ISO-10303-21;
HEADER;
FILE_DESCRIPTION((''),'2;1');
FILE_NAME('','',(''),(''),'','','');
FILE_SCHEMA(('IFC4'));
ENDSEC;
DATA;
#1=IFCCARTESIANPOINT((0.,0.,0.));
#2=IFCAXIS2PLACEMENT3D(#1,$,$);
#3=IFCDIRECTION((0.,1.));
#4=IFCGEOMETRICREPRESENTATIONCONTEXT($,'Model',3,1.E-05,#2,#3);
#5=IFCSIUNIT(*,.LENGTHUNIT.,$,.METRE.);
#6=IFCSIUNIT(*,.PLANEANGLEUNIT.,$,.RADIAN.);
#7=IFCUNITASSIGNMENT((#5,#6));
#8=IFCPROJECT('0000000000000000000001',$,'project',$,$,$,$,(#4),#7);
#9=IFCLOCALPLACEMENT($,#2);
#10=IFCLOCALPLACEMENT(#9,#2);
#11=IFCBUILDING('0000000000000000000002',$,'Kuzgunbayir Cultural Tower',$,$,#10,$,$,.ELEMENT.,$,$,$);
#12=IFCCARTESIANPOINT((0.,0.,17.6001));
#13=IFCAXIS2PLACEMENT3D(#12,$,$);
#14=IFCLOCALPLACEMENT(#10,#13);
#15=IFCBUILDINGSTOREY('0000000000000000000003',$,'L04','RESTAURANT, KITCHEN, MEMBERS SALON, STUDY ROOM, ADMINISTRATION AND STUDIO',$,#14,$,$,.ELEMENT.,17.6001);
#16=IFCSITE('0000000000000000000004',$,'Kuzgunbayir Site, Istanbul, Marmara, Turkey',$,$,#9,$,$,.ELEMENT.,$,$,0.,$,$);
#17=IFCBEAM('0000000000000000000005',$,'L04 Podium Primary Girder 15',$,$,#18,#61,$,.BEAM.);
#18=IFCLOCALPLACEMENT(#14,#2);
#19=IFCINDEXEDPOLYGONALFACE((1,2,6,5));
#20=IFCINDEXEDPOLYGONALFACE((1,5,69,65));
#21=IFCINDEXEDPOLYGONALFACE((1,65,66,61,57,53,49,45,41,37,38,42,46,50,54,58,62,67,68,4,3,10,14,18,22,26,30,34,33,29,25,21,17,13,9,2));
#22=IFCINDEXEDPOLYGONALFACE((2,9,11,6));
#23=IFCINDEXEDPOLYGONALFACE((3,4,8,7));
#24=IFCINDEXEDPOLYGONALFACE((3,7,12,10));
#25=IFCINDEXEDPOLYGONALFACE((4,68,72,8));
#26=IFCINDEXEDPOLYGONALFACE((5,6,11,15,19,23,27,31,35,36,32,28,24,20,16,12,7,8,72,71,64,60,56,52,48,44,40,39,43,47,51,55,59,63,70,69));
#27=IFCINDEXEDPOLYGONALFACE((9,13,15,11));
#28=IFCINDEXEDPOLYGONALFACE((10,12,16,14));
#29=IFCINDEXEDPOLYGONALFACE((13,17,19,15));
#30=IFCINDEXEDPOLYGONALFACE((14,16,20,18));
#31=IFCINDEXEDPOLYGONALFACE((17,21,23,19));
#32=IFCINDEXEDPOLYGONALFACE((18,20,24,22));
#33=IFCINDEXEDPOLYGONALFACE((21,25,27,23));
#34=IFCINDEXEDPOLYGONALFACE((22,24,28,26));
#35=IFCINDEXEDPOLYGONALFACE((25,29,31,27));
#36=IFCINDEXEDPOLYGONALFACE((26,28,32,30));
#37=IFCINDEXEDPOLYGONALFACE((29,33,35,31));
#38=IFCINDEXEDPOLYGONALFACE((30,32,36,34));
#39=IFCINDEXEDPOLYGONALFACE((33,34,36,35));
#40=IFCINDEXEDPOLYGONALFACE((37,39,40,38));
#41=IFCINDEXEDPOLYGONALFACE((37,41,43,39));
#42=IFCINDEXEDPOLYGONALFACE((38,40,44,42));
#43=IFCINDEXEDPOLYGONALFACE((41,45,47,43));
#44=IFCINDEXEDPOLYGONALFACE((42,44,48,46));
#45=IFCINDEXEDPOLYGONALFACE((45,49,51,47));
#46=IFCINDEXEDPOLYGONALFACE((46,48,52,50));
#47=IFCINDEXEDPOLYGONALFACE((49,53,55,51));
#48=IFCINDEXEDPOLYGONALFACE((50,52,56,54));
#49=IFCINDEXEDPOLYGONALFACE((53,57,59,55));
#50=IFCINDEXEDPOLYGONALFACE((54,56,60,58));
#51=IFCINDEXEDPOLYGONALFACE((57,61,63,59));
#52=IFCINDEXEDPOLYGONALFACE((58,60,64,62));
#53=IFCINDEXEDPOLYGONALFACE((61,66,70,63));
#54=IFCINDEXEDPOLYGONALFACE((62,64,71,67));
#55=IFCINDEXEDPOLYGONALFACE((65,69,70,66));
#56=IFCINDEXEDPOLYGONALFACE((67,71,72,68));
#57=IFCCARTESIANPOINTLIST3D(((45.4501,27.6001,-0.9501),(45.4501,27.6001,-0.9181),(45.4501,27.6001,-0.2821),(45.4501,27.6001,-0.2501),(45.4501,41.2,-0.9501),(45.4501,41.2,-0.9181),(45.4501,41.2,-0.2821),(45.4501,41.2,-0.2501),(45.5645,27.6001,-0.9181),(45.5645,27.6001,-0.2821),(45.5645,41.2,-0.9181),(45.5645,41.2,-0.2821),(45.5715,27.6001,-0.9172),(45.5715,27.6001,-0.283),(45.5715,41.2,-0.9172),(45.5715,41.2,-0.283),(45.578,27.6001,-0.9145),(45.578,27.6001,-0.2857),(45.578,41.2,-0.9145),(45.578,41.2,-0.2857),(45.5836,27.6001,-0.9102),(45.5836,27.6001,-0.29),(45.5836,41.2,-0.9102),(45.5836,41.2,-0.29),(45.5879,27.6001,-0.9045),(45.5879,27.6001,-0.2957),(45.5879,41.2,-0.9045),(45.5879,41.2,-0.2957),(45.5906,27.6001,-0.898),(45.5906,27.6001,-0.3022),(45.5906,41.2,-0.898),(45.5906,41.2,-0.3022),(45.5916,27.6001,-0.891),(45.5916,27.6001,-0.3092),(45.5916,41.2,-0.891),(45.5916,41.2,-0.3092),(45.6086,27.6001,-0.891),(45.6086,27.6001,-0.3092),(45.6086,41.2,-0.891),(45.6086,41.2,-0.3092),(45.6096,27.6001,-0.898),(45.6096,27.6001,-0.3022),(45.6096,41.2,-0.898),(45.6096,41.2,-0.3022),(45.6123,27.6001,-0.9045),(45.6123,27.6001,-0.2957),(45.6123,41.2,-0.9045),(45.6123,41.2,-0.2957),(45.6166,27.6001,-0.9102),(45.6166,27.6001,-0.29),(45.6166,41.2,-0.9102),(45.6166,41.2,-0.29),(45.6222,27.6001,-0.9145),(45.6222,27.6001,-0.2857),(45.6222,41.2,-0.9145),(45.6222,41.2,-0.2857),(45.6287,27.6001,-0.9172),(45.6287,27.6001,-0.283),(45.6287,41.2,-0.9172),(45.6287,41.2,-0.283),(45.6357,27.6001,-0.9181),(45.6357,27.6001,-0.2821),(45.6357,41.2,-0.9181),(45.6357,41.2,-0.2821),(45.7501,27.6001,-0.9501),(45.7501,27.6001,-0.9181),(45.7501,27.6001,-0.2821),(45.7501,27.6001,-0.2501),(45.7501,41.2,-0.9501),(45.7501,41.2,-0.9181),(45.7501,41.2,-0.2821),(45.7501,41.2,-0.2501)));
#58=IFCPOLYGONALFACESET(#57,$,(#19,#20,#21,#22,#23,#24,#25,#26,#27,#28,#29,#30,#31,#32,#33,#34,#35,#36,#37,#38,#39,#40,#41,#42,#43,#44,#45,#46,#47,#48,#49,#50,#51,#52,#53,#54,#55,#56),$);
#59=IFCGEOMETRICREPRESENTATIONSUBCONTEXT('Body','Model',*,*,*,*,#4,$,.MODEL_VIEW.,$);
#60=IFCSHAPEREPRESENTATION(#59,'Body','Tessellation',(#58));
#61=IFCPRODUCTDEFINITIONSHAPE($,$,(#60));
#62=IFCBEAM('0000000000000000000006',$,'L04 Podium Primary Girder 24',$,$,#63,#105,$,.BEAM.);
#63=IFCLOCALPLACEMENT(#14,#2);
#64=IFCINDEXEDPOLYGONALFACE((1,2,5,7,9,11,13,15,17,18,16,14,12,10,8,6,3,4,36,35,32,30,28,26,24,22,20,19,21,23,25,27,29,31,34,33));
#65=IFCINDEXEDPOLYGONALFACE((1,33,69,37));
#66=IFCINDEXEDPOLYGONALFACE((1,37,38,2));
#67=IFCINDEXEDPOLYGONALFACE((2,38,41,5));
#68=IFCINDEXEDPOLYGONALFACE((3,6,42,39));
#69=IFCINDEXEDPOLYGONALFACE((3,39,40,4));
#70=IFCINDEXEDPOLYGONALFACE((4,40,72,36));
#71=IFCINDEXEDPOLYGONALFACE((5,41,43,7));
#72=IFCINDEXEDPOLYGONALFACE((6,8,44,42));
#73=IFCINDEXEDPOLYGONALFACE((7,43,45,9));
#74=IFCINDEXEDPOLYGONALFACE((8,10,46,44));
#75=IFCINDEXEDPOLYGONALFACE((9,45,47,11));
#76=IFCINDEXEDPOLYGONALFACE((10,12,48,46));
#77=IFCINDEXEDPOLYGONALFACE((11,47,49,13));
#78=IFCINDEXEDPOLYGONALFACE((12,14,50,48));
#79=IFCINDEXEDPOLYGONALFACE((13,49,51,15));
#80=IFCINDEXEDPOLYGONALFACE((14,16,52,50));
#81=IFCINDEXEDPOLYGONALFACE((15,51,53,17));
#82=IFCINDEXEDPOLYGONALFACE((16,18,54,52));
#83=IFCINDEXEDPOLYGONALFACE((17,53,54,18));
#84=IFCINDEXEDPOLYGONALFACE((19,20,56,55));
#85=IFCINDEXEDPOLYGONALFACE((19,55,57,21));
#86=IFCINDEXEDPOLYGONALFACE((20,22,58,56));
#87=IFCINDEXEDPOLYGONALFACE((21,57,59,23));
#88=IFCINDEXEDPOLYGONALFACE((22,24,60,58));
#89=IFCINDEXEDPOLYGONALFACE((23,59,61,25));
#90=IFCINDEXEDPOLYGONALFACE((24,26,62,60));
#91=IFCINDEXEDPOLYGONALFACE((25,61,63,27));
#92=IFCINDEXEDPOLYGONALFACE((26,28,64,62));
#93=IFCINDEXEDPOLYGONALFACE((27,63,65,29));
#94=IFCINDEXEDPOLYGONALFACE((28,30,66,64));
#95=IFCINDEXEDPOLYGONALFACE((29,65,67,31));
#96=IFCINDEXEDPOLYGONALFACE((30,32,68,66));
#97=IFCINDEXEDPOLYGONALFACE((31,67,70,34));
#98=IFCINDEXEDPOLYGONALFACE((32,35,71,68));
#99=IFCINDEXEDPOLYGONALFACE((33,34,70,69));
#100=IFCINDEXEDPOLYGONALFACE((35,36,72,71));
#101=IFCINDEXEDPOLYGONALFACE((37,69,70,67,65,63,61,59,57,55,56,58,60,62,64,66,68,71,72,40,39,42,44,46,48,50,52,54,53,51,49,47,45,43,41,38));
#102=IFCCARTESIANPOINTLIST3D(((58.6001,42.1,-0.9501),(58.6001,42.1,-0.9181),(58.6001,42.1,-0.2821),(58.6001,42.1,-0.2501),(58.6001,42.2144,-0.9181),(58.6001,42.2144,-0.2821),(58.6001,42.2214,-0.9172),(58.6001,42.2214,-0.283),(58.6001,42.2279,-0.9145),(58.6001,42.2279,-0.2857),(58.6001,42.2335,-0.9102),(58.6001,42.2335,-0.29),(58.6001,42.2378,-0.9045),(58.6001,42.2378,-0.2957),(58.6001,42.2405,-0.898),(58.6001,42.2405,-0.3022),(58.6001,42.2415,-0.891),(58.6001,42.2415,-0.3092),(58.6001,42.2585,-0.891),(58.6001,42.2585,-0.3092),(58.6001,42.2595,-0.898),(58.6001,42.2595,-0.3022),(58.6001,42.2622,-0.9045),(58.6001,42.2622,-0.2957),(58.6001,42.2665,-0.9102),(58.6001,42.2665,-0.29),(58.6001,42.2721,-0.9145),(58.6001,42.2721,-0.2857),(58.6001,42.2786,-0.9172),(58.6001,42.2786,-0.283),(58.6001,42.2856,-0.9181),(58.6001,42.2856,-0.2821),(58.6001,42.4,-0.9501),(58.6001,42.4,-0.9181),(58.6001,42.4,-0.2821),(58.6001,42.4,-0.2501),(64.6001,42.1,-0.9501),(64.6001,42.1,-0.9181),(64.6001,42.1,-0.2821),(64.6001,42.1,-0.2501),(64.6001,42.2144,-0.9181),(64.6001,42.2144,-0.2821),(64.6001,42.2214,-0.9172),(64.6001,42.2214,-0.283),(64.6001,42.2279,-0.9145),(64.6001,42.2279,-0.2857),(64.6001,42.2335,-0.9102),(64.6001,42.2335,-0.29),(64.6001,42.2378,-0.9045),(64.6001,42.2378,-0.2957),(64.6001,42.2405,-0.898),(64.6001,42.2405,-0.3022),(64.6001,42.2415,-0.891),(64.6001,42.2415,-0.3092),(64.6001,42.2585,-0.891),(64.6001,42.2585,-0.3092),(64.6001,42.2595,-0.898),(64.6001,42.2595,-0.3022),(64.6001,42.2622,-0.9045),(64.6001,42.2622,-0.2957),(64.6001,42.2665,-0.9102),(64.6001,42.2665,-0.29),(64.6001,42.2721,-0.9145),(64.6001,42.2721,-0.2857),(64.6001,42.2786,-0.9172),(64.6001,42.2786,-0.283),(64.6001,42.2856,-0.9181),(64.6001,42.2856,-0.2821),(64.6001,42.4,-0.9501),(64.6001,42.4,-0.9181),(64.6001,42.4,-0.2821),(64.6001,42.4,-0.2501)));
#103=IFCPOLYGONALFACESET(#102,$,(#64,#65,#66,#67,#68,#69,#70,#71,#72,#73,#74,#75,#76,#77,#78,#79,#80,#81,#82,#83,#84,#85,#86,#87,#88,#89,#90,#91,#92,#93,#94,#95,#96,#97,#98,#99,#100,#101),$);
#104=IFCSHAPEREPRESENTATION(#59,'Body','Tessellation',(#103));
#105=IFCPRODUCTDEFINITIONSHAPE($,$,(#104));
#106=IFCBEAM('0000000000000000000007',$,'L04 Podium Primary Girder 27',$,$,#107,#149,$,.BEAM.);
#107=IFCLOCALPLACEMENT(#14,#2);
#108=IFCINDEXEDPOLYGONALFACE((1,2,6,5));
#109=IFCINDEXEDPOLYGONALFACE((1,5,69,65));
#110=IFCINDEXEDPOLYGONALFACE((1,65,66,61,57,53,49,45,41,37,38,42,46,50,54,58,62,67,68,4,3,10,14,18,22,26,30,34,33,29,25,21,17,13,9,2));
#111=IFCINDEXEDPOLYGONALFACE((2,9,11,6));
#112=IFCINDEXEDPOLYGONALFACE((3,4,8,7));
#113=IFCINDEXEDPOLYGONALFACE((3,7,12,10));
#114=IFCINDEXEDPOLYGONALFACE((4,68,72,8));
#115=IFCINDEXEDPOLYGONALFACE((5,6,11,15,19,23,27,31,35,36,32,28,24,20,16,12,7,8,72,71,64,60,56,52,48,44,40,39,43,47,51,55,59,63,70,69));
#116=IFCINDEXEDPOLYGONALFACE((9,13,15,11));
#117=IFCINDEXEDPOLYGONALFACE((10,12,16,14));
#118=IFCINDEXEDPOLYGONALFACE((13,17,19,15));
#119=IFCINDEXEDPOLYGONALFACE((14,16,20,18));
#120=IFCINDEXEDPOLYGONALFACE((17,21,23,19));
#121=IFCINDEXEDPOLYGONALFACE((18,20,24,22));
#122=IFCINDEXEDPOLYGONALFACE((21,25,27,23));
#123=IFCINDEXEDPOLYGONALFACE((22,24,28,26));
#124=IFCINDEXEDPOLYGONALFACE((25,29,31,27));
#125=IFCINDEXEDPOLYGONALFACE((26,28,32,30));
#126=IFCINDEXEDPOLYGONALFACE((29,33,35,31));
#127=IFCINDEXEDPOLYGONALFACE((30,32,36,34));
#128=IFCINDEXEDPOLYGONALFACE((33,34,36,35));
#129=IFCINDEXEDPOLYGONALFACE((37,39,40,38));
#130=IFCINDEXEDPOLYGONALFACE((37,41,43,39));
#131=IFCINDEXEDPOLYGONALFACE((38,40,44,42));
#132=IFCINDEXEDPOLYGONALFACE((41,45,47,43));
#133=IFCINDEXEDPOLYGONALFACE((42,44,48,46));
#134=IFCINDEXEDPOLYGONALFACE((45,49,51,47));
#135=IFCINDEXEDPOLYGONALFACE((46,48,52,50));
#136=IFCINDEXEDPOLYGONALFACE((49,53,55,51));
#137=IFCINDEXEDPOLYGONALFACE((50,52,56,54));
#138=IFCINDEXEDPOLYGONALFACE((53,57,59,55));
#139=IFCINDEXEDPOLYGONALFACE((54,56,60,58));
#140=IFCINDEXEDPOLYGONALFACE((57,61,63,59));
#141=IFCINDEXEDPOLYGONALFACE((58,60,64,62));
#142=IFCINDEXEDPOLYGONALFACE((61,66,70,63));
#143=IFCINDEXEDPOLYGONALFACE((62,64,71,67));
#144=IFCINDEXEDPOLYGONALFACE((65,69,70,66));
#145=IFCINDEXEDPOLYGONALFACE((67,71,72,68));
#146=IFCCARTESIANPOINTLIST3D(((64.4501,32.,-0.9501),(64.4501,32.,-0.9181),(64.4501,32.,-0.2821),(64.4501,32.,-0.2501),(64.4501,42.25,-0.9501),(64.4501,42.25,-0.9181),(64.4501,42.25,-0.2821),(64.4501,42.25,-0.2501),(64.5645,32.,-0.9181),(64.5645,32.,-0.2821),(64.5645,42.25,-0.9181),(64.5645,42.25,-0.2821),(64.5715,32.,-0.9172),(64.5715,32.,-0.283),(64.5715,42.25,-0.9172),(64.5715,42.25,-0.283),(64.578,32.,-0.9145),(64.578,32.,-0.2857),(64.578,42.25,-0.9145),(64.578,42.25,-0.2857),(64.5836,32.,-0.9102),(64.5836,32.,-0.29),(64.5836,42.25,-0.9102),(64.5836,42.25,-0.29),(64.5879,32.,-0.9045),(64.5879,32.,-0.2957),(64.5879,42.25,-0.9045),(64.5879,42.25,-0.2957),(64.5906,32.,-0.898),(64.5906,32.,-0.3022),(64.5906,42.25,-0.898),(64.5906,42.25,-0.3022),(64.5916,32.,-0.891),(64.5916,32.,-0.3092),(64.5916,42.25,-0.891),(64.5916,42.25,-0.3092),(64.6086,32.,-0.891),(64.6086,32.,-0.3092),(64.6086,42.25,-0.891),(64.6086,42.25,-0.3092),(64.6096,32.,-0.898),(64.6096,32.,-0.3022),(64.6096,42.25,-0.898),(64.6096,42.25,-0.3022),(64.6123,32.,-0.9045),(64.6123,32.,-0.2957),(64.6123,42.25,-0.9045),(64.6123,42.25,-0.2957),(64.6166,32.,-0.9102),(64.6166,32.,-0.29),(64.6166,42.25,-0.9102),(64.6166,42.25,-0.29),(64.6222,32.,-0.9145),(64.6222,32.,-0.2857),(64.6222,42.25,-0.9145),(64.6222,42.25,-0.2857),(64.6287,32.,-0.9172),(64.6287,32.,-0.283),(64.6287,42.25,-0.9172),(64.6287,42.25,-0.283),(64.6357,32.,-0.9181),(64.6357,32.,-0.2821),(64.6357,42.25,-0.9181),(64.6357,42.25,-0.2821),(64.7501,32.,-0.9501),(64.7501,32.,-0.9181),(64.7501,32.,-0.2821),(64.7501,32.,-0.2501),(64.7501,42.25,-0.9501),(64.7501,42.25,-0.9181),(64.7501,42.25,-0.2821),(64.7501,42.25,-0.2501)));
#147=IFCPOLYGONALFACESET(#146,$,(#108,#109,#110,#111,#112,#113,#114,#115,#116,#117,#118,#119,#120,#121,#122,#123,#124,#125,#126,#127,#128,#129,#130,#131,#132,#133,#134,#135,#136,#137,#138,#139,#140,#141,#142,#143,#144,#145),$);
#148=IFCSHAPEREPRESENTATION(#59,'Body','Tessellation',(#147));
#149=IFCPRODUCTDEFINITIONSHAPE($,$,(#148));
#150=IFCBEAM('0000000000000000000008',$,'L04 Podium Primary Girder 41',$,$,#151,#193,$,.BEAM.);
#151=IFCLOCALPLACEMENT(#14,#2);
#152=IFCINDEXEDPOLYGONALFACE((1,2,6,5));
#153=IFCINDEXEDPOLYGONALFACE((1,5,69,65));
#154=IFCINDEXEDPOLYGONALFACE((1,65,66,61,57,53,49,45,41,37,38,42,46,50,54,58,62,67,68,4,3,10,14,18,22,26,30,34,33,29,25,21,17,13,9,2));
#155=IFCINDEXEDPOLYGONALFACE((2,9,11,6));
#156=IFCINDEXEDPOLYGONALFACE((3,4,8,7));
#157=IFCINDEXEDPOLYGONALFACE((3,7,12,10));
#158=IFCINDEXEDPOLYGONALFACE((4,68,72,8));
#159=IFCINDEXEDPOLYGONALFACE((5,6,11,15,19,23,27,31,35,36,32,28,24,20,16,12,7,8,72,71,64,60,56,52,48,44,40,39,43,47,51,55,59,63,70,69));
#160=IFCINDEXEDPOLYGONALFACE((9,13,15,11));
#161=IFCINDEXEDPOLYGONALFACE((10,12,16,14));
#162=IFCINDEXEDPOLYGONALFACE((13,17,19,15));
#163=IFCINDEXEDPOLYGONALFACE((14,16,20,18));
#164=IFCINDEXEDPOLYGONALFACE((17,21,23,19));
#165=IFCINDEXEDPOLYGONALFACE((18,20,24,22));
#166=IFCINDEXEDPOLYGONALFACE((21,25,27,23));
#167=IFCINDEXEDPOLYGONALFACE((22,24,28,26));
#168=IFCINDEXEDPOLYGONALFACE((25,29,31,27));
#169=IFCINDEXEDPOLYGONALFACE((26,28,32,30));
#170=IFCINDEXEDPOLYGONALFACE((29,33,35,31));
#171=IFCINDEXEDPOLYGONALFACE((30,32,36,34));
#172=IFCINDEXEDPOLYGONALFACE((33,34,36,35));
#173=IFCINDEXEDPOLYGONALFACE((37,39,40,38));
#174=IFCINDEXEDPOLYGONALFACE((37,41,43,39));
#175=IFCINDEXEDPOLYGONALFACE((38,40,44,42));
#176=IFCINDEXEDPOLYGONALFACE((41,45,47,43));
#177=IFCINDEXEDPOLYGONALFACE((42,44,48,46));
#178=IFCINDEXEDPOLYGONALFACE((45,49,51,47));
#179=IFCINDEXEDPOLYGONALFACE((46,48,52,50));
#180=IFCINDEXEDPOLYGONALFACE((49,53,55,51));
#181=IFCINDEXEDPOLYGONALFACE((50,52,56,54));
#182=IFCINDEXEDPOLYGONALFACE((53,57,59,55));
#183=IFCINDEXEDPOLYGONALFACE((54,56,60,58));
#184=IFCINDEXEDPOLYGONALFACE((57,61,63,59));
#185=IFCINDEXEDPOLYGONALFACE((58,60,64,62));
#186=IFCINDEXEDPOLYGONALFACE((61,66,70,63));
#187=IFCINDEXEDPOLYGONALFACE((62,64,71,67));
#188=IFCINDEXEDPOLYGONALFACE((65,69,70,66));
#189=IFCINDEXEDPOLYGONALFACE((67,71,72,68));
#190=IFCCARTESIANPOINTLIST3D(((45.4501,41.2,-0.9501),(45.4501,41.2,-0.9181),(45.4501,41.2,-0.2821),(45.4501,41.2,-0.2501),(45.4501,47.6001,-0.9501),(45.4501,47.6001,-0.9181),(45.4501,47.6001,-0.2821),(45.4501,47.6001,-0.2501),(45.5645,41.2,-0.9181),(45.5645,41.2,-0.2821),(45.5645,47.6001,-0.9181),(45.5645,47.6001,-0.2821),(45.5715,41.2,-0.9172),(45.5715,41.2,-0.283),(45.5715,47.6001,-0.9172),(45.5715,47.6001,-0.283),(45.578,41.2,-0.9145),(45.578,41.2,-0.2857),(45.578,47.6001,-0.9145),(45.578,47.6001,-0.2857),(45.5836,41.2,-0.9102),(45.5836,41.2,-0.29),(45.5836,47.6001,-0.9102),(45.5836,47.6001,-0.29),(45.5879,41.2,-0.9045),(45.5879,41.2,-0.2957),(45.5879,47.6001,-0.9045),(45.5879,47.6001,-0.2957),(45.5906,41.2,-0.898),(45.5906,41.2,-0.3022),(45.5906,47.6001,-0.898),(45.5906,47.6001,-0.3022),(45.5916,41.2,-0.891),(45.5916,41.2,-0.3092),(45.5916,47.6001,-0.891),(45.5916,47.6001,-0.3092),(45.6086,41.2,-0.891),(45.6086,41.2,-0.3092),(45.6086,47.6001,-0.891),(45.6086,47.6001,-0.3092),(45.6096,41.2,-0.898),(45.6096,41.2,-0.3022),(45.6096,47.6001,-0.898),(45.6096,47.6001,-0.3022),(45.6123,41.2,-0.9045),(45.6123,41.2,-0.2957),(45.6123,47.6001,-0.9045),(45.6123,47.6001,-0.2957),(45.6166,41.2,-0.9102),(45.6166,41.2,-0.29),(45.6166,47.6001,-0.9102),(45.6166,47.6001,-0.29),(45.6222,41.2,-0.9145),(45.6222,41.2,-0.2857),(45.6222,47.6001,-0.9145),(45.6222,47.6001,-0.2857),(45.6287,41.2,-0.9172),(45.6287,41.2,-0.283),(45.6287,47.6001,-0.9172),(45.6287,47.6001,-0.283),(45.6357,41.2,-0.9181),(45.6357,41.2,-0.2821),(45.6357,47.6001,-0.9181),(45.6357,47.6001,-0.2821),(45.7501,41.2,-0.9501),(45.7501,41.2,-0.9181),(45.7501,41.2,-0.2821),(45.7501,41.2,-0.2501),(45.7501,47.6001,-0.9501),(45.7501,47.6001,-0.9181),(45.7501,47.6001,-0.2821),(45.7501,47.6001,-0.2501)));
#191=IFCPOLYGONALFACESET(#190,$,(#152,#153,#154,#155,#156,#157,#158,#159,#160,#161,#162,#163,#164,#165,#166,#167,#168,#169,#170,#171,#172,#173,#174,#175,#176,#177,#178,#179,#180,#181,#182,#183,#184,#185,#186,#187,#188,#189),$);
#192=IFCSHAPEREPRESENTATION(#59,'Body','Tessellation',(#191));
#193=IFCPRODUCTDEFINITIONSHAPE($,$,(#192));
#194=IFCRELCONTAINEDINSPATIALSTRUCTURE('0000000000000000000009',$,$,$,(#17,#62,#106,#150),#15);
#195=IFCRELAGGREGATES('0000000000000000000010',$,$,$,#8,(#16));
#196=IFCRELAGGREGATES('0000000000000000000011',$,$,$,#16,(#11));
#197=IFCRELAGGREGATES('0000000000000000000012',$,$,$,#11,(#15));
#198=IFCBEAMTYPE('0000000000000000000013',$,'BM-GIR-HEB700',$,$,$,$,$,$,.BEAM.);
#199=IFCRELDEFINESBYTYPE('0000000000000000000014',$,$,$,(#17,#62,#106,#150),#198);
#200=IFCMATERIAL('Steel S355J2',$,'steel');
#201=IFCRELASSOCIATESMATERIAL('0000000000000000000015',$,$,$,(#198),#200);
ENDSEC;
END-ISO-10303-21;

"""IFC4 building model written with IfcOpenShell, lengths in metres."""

from ifc_helpers import new_model, si_unit, direction, frame, origin, origin_2d, place, context, subcontext, project, spatial, i_section, extrude, material, material_profile, profile_set, type_object, element, save


model = new_model("IFC4")

# Units and contexts
model_context = context("Model", 3, precision=1e-05, world=origin(), true_north=direction((0.0, 1.0)))
body_context = subcontext(model_context, "Body", "Model", "MODEL_VIEW")
ifc_project = project(units=[si_unit("LENGTHUNIT", "METRE"), si_unit("PLANEANGLEUNIT", "RADIAN")], contexts=[model_context])

# Site, building, storey
site_placement = place(None, origin())
site = spatial("IfcSite", under=ifc_project, at=site_placement, Name="Kuzgunbayir Site, Istanbul, Marmara, Turkey", CompositionType="ELEMENT", RefElevation=0.0)
building_placement = place(site_placement, origin())
building = spatial("IfcBuilding", under=site, at=building_placement, Name="Kuzgunbayir Cultural Tower", CompositionType="ELEMENT")
storey_placement = place(building_placement, frame((0.0, 0.0, 17.6001)))
storey = spatial("IfcBuildingStorey", under=building, at=storey_placement, Name="L04", Description="RESTAURANT, KITCHEN, MEMBERS SALON, STUDY ROOM, ADMINISTRATION AND STUDIO", CompositionType="ELEMENT", Elevation=17.6001)

# Beams
ifc_material_1 = material(Name="Steel S355J2", Category="steel")
ifc_material_profile_1 = material_profile(ifc_material_1, i_section(OverallWidth=0.3, OverallDepth=0.7, WebThickness=0.0171, FlangeThickness=0.032, FilletRadius=0.0271, at=origin_2d()), Name="HEB 700")
ifc_profile_set_1 = profile_set([ifc_material_profile_1], Name="Steel S355J2")
beam_type_1 = type_object("IfcBeamType", Name="BM-GIR-HEB700", PredefinedType="BEAM", material=ifc_profile_set_1)
for number, where, z_axis, x_axis, name in (
    (1, (45.6001, 27.6001, -0.6001), (0.0, 1.0, 0.0), (-1.0, 0.0, 0.0), "L04 Podium Primary Girder 15"),
):
    element("IfcBeam", number, at=place(storey_placement, frame(where, z_axis=z_axis, x_axis=x_axis)), inside=storey, type_object=beam_type_1, Name=name, PredefinedType="BEAM", context=body_context, shape_type="SweptSolid", body=[
        extrude(i_section(OverallWidth=0.3, OverallDepth=0.7, WebThickness=0.0171, FlangeThickness=0.032, FilletRadius=0.0271, at=origin_2d()), origin(), (0.0, 0.0, 1.0), 13.5999),
    ])
beam_1_placement = place(storey_placement, frame((58.6001, 42.25, -0.6001), z_axis=(1.0, 0.0, 0.0), x_axis=(0.0, 1.0, 0.0)))
element("IfcBeam", 2, at=beam_1_placement, inside=storey, type_object=beam_type_1, Name="L04 Podium Primary Girder 24", PredefinedType="BEAM", context=body_context, shape_type="SweptSolid", body=[
    extrude(i_section(OverallWidth=0.3, OverallDepth=0.7, WebThickness=0.0171, FlangeThickness=0.032, FilletRadius=0.0271, at=origin_2d()), origin(), (0.0, 0.0, 1.0), 6.0),
])
beam_2_placement = place(storey_placement, frame((64.6001, 32.0, -0.6001), z_axis=(0.0, 1.0, 0.0), x_axis=(-1.0, 0.0, 0.0)))
element("IfcBeam", 3, at=beam_2_placement, inside=storey, type_object=beam_type_1, Name="L04 Podium Primary Girder 27", PredefinedType="BEAM", context=body_context, shape_type="SweptSolid", body=[
    extrude(i_section(OverallWidth=0.3, OverallDepth=0.7, WebThickness=0.0171, FlangeThickness=0.032, FilletRadius=0.0271, at=origin_2d()), origin(), (0.0, 0.0, 1.0), 10.25),
])
beam_3_placement = place(storey_placement, frame((45.6001, 41.2, -0.6001), z_axis=(0.0, 1.0, 0.0), x_axis=(-1.0, 0.0, 0.0)))
element("IfcBeam", 4, at=beam_3_placement, inside=storey, type_object=beam_type_1, Name="L04 Podium Primary Girder 41", PredefinedType="BEAM", context=body_context, shape_type="SweptSolid", body=[
    extrude(i_section(OverallWidth=0.3, OverallDepth=0.7, WebThickness=0.0171, FlangeThickness=0.032, FilletRadius=0.0271, at=origin_2d()), origin(), (0.0, 0.0, 1.0), 6.4001),
])

save(model, "model.ifc")
